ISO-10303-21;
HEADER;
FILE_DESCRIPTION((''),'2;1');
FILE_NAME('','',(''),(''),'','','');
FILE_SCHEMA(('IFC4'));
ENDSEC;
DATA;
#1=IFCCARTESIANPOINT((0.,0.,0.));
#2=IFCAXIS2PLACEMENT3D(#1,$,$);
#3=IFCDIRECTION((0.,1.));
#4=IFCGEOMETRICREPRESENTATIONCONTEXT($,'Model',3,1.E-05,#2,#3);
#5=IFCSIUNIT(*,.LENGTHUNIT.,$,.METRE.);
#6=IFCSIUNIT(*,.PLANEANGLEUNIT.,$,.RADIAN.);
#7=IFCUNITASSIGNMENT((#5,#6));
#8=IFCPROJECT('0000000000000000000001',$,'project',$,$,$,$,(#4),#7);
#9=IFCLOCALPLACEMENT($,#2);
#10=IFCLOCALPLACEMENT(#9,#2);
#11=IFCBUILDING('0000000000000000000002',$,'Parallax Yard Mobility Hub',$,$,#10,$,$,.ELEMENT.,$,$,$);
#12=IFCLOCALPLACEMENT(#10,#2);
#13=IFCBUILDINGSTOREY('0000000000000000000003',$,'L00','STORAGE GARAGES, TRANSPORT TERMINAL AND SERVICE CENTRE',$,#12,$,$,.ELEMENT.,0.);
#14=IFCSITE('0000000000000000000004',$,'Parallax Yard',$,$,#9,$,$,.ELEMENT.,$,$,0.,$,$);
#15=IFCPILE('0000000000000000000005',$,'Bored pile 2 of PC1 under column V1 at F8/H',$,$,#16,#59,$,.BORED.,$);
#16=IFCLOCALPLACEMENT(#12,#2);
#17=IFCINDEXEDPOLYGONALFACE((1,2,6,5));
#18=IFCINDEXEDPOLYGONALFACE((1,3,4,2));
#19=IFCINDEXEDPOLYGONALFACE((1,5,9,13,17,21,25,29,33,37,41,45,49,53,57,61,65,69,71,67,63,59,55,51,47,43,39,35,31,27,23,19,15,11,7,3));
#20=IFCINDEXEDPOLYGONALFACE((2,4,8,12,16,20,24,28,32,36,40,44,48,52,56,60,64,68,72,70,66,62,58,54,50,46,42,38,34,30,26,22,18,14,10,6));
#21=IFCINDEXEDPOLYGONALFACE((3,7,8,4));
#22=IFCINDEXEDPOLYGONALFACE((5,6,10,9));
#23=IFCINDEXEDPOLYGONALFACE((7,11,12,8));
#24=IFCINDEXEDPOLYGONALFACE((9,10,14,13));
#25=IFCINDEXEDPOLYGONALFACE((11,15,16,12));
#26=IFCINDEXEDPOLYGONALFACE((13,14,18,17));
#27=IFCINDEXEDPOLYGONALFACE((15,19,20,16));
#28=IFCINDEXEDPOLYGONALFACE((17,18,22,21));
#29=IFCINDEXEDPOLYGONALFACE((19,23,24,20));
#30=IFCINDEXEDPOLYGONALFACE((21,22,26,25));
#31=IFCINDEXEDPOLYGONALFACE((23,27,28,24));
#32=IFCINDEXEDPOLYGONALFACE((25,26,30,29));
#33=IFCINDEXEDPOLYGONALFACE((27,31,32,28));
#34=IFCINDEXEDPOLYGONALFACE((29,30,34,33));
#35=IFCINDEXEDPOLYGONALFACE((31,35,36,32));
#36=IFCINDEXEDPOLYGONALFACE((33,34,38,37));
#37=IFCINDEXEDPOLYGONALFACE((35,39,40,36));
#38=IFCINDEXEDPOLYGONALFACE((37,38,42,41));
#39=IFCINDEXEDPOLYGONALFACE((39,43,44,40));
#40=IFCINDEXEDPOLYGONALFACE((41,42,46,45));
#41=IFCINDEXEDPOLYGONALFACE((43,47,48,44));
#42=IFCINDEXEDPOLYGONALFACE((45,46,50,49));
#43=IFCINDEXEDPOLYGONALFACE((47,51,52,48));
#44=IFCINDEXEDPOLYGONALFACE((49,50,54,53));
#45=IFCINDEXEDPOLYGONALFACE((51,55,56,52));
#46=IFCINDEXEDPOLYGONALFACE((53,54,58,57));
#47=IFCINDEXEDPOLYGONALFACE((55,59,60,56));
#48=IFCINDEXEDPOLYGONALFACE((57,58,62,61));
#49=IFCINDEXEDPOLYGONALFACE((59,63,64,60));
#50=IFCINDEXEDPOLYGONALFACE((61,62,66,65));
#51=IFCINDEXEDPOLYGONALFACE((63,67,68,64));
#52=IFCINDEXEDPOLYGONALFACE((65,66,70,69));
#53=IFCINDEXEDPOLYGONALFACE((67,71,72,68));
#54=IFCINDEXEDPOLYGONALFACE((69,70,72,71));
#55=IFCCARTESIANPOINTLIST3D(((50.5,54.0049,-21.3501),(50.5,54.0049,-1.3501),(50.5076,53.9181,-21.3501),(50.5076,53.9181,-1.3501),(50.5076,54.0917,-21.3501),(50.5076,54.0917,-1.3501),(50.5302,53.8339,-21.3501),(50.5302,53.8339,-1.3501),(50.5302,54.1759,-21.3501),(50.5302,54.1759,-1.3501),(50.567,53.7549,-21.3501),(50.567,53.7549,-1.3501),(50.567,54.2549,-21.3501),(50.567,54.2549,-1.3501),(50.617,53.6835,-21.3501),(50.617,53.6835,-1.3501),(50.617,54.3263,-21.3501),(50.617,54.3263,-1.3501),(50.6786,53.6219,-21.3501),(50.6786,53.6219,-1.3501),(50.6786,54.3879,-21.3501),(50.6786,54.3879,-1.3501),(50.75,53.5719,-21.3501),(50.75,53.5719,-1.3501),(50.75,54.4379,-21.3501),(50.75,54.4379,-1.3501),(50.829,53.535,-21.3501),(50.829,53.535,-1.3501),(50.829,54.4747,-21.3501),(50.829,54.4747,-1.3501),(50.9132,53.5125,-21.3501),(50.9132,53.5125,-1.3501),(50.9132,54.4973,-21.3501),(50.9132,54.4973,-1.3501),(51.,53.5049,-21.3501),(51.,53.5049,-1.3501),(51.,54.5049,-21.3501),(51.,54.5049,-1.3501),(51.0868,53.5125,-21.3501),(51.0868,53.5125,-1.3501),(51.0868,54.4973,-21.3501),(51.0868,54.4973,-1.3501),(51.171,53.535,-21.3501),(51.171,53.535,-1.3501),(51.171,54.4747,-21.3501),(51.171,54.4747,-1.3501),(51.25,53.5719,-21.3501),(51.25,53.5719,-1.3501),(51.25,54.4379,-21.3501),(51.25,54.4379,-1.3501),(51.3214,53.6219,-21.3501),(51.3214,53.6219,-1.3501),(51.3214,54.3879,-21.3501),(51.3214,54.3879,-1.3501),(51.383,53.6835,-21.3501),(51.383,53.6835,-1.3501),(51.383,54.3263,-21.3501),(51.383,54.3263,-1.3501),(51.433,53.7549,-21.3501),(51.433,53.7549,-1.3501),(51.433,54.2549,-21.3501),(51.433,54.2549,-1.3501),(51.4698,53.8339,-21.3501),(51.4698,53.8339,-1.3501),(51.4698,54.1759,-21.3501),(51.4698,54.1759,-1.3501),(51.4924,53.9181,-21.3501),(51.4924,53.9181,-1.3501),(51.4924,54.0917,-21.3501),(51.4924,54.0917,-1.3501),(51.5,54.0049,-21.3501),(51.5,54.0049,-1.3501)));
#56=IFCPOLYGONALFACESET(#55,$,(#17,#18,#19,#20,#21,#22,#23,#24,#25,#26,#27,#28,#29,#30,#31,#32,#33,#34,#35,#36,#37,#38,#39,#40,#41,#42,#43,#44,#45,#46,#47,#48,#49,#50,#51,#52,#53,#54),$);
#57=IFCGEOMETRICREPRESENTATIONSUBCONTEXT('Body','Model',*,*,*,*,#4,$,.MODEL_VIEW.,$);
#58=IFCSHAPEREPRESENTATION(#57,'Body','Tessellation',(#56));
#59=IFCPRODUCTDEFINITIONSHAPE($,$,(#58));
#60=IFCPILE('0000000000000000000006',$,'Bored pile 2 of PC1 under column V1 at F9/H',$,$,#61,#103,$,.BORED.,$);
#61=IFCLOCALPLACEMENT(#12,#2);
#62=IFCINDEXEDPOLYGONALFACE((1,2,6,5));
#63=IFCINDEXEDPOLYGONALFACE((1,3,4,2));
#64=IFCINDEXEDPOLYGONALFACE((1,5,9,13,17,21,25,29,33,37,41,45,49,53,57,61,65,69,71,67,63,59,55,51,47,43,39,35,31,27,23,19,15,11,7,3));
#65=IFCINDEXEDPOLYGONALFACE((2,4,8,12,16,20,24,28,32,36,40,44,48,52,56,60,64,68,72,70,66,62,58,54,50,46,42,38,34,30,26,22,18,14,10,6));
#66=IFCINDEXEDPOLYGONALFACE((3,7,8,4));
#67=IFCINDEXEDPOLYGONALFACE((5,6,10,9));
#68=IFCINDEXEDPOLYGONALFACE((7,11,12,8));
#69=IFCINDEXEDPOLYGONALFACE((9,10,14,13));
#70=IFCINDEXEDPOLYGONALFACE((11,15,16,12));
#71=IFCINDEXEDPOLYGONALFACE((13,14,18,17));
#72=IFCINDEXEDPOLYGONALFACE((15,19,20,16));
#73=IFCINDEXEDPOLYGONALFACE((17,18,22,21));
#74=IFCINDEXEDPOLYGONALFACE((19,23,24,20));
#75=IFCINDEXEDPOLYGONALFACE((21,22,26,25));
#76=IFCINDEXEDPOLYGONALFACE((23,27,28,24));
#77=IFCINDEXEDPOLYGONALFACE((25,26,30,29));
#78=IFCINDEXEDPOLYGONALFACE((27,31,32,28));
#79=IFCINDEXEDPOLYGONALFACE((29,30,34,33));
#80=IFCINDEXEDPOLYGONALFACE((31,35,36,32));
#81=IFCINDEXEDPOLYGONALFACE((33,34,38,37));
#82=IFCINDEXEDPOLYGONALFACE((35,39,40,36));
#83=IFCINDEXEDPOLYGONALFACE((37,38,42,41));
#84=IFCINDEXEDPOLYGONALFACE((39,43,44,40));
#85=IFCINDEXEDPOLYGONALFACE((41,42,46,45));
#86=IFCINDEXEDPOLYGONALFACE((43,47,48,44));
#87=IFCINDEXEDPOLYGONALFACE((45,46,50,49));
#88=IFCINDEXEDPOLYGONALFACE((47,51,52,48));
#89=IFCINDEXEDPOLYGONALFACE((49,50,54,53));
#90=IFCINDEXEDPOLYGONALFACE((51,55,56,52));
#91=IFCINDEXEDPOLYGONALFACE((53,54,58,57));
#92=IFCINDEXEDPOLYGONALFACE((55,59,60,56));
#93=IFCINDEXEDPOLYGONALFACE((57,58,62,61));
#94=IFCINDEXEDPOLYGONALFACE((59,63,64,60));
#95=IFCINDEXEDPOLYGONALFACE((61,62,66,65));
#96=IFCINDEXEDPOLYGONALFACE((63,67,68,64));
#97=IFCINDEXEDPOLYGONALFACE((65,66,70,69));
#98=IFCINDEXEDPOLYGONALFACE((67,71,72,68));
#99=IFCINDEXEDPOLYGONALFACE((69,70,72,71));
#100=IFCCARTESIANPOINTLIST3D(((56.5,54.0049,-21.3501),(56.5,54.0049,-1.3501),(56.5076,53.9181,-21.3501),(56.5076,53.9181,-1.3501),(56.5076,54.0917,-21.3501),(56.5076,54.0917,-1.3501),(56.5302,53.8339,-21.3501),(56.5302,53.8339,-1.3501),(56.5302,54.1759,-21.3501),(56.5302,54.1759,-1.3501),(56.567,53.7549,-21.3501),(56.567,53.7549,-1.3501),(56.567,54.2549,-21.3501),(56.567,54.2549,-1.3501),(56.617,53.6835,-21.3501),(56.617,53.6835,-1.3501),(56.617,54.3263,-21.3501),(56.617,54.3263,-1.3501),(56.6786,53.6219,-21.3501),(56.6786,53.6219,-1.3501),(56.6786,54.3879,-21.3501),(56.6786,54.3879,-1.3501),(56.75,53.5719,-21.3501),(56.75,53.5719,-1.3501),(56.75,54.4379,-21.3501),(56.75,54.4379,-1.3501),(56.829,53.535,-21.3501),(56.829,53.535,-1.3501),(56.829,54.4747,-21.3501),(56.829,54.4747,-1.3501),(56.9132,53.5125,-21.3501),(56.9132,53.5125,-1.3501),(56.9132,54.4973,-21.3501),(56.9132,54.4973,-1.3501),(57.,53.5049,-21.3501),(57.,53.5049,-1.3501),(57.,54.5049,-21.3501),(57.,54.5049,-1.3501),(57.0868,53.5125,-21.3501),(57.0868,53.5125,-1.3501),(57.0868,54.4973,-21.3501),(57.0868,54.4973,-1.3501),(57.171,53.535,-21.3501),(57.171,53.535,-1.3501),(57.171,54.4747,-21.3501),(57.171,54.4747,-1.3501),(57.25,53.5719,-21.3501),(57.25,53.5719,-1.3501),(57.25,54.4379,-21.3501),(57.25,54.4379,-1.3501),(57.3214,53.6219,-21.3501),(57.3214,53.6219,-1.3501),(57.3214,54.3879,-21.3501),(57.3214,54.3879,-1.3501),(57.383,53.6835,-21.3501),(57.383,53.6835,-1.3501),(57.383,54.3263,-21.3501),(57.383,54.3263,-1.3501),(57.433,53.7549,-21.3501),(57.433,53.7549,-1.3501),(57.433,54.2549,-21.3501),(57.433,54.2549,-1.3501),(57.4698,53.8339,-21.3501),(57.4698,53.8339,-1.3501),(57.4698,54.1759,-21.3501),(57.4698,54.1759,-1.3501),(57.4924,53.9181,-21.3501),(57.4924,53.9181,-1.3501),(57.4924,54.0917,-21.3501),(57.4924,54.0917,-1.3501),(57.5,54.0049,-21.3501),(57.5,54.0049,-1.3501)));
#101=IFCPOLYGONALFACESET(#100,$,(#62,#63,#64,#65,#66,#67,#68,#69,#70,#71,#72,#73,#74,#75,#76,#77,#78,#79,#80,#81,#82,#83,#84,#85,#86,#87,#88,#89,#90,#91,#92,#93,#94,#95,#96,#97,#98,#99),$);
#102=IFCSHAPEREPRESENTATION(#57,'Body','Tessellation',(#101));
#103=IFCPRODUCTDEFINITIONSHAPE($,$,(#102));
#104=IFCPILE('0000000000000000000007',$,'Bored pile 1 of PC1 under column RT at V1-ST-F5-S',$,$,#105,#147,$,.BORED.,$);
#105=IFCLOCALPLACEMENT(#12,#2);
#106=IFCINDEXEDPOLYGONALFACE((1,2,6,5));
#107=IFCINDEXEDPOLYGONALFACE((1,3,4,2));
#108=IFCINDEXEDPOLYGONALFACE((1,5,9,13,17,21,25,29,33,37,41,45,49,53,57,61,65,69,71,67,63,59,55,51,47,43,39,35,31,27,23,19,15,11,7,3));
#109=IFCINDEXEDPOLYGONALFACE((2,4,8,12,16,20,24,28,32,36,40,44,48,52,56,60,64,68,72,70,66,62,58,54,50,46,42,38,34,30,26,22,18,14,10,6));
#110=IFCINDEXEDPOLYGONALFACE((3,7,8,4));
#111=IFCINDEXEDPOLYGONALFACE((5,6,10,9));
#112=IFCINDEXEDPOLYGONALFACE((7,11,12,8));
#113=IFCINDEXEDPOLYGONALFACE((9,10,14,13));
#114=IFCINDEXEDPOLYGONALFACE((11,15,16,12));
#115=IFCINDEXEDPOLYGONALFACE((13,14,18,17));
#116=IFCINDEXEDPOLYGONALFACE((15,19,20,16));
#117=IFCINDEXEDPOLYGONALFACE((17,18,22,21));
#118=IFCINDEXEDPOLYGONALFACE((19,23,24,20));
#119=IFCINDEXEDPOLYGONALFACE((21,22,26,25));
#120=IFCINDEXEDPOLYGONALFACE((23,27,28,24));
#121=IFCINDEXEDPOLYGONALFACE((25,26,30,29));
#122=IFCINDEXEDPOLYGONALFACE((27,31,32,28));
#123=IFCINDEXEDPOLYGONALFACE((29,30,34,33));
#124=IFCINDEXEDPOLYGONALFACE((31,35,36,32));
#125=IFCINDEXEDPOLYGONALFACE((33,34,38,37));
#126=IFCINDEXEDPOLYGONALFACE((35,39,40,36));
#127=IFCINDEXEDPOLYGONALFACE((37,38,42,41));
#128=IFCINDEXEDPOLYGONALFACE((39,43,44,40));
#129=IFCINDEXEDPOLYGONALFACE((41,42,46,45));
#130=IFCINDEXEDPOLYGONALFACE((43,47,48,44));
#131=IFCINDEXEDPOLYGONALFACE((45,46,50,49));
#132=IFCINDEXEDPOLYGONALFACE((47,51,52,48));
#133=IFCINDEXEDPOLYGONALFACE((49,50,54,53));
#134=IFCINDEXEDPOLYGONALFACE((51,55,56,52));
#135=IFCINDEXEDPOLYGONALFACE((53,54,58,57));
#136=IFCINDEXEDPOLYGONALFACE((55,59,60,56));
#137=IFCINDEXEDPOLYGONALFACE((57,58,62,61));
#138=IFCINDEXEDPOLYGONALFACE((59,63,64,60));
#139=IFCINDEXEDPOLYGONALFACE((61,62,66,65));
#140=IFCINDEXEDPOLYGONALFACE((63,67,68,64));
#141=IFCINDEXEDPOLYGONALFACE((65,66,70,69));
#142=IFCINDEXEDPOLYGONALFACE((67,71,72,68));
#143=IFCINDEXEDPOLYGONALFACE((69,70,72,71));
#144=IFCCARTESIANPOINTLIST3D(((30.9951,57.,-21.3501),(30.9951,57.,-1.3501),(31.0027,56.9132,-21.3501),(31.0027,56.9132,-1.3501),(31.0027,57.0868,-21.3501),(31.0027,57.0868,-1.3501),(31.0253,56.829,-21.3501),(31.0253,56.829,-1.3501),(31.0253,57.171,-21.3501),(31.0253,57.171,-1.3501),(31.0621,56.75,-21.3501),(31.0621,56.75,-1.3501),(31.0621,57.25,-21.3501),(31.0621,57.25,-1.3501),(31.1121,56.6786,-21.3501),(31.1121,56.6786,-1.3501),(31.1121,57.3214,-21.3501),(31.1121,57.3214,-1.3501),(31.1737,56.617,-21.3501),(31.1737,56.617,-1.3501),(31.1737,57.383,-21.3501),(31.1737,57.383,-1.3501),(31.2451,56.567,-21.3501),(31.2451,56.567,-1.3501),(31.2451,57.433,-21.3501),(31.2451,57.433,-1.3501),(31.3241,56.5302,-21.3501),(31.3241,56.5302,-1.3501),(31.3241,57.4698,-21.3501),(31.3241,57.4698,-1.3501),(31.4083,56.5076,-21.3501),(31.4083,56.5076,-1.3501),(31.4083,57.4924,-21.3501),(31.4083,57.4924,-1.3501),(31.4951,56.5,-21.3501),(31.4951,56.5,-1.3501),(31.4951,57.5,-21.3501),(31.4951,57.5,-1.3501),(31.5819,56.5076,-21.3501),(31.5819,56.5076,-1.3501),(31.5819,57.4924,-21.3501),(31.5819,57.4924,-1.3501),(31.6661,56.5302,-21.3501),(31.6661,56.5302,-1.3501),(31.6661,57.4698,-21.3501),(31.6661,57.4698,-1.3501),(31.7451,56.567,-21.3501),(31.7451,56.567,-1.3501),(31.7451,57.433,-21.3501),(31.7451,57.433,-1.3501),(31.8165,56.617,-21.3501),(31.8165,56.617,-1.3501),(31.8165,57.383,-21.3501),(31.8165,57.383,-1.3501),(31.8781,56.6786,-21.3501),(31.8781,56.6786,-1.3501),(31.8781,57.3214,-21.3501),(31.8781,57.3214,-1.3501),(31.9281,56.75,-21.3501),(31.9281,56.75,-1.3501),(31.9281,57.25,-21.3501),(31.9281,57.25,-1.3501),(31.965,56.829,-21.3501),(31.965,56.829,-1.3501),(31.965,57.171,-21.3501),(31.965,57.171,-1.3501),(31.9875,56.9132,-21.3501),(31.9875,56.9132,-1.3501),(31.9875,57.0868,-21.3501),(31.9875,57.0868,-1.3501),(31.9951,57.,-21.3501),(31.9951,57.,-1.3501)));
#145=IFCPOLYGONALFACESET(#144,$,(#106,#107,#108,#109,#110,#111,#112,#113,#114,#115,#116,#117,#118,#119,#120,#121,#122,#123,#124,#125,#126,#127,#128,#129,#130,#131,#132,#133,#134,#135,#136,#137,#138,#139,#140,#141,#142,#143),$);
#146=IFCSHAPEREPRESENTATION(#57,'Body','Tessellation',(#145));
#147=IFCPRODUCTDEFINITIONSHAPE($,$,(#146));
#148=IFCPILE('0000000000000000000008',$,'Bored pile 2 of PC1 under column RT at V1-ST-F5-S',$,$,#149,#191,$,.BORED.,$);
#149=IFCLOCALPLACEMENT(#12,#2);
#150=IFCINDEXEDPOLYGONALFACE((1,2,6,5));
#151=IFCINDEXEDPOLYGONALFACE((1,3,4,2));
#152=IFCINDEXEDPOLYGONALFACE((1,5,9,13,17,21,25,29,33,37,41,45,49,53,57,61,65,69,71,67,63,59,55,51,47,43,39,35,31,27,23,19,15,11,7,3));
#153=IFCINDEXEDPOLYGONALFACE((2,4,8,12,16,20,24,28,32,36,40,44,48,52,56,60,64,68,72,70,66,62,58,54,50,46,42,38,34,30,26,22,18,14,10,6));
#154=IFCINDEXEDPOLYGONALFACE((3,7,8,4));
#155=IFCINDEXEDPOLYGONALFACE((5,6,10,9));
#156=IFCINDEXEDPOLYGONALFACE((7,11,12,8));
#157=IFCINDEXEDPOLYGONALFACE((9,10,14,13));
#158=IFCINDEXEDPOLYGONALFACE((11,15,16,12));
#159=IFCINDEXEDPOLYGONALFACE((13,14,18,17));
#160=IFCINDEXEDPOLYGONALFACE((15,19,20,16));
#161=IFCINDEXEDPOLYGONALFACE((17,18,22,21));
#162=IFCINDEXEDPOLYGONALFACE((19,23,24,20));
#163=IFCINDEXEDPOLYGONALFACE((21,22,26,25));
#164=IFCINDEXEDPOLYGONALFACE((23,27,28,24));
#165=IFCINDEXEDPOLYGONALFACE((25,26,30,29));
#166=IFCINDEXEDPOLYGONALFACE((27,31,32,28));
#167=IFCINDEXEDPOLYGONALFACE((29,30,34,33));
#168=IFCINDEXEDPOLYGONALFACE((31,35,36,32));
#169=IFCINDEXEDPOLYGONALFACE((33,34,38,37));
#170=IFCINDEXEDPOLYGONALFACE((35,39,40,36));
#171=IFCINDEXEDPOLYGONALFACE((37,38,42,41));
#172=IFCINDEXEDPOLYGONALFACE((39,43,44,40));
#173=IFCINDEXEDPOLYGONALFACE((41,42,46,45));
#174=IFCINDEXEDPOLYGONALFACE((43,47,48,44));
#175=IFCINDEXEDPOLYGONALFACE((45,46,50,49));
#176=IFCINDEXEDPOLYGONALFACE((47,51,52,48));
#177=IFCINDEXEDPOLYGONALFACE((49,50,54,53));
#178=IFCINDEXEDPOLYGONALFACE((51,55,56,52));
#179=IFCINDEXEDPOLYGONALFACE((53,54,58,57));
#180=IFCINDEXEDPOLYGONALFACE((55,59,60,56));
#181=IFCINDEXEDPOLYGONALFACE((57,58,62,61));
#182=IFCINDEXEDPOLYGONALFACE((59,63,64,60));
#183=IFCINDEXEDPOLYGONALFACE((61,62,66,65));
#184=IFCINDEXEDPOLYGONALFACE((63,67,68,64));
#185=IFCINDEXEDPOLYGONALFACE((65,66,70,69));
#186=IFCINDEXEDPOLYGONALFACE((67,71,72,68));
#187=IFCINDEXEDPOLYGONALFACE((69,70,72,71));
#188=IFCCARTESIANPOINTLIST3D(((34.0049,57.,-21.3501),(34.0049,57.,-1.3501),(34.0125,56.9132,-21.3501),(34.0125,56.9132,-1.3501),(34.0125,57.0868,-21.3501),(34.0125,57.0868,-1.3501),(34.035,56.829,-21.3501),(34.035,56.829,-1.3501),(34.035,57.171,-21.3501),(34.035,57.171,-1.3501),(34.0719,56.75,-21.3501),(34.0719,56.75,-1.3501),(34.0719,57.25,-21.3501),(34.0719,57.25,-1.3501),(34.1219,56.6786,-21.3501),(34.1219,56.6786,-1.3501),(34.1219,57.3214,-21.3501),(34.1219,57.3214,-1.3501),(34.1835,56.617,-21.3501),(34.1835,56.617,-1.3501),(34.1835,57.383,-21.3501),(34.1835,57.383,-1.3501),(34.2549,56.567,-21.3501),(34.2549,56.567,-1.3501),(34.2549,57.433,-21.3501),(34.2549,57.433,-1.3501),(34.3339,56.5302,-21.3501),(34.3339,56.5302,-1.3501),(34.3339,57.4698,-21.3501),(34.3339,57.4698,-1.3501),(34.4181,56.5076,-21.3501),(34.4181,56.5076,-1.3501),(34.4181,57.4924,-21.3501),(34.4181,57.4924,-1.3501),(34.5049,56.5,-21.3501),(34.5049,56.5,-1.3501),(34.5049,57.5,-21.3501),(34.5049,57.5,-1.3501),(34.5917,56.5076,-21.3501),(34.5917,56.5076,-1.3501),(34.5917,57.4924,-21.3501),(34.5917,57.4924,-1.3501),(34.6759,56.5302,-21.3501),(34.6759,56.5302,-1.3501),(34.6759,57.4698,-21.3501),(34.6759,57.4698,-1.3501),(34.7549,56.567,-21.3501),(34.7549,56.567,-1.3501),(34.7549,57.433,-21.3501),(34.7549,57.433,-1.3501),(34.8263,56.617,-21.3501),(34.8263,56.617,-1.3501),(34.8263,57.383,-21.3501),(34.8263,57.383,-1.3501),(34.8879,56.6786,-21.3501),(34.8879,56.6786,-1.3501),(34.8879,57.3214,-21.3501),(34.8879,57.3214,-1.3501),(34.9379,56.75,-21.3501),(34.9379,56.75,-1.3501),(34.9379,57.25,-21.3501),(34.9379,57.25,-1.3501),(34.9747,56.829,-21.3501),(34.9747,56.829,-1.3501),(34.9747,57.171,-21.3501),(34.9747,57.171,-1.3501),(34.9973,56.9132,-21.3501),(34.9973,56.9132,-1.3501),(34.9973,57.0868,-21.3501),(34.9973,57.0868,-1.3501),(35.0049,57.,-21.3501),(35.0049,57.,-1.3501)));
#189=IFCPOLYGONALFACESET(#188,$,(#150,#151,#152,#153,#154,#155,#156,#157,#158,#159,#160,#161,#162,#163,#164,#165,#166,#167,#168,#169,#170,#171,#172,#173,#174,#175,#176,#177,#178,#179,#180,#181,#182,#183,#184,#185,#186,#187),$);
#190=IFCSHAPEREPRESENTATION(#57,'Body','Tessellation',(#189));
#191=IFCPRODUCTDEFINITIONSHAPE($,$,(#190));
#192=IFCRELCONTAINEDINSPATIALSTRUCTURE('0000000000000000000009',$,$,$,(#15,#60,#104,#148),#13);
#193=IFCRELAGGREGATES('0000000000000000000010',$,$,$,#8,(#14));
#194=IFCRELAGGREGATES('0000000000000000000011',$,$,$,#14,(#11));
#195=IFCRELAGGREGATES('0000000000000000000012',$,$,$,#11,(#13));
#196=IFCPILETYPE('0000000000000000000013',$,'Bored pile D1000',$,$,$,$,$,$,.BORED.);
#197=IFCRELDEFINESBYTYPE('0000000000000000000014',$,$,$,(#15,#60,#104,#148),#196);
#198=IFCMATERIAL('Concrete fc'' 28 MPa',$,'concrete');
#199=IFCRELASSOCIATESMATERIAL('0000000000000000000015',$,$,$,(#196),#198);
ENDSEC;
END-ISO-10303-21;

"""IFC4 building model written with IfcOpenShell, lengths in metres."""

from ifc_helpers import new_model, si_unit, direction, frame, origin, origin_2d, place, context, subcontext, project, spatial, circle, extrude, material, material_profile, profile_set, type_object, element, save


model = new_model("IFC4")

# Units and contexts
model_context = context("Model", 3, precision=1e-05, world=origin(), true_north=direction((0.0, 1.0)))
body_context = subcontext(model_context, "Body", "Model", "MODEL_VIEW")
ifc_project = project(units=[si_unit("LENGTHUNIT", "METRE"), si_unit("PLANEANGLEUNIT", "RADIAN")], contexts=[model_context])

# Site, building, storey
site_placement = place(None, origin())
site = spatial("IfcSite", under=ifc_project, at=site_placement, Name="Parallax Yard", CompositionType="ELEMENT", RefElevation=0.0)
building_placement = place(site_placement, origin())
building = spatial("IfcBuilding", under=site, at=building_placement, Name="Parallax Yard Mobility Hub", CompositionType="ELEMENT")
storey_placement = place(building_placement, origin())
storey = spatial("IfcBuildingStorey", under=building, at=storey_placement, Name="L00", Description="STORAGE GARAGES, TRANSPORT TERMINAL AND SERVICE CENTRE", CompositionType="ELEMENT", Elevation=0.0)

# Piles
ifc_material_1 = material(Name="Concrete fc' 28 MPa", Category="concrete")
ifc_material_profile_1 = material_profile(ifc_material_1, circle(Radius=0.5, at=origin_2d()), Name="Bored pile D1000")
ifc_profile_set_1 = profile_set([ifc_material_profile_1], Name="Concrete fc' 28 MPa")
pile_type = type_object("IfcPileType", Name="Bored pile D1000", PredefinedType="BORED", material=ifc_profile_set_1)
for number, where, z_axis, x_axis, name in (
    (1, (51.0, 54.0049, -1.3501), (0.0, 0.0, -1.0), (1.0, 0.0, 0.0), "Bored pile 2 of PC1 under column V1 at F8/H"),
    (2, (57.0, 54.0049, -1.3501), (0.0, 0.0, -1.0), (1.0, 0.0, 0.0), "Bored pile 2 of PC1 under column V1 at F9/H"),
    (3, (31.4951, 57.0, -1.3501), (0.0, 0.0, -1.0), (1.0, 0.0, 0.0), "Bored pile 1 of PC1 under column RT at V1-ST-F5-S"),
    (4, (34.5049, 57.0, -1.3501), (0.0, 0.0, -1.0), (1.0, 0.0, 0.0), "Bored pile 2 of PC1 under column RT at V1-ST-F5-S"),
):
    element("IfcPile", number, at=place(storey_placement, frame(where, z_axis=z_axis, x_axis=x_axis)), inside=storey, type_object=pile_type, Name=name, PredefinedType="BORED", context=body_context, shape_type="SweptSolid", body=[
        extrude(circle(Radius=0.5, at=origin_2d()), origin(), (0.0, 0.0, 1.0), 20.0),
    ])

save(model, "model.ifc")
